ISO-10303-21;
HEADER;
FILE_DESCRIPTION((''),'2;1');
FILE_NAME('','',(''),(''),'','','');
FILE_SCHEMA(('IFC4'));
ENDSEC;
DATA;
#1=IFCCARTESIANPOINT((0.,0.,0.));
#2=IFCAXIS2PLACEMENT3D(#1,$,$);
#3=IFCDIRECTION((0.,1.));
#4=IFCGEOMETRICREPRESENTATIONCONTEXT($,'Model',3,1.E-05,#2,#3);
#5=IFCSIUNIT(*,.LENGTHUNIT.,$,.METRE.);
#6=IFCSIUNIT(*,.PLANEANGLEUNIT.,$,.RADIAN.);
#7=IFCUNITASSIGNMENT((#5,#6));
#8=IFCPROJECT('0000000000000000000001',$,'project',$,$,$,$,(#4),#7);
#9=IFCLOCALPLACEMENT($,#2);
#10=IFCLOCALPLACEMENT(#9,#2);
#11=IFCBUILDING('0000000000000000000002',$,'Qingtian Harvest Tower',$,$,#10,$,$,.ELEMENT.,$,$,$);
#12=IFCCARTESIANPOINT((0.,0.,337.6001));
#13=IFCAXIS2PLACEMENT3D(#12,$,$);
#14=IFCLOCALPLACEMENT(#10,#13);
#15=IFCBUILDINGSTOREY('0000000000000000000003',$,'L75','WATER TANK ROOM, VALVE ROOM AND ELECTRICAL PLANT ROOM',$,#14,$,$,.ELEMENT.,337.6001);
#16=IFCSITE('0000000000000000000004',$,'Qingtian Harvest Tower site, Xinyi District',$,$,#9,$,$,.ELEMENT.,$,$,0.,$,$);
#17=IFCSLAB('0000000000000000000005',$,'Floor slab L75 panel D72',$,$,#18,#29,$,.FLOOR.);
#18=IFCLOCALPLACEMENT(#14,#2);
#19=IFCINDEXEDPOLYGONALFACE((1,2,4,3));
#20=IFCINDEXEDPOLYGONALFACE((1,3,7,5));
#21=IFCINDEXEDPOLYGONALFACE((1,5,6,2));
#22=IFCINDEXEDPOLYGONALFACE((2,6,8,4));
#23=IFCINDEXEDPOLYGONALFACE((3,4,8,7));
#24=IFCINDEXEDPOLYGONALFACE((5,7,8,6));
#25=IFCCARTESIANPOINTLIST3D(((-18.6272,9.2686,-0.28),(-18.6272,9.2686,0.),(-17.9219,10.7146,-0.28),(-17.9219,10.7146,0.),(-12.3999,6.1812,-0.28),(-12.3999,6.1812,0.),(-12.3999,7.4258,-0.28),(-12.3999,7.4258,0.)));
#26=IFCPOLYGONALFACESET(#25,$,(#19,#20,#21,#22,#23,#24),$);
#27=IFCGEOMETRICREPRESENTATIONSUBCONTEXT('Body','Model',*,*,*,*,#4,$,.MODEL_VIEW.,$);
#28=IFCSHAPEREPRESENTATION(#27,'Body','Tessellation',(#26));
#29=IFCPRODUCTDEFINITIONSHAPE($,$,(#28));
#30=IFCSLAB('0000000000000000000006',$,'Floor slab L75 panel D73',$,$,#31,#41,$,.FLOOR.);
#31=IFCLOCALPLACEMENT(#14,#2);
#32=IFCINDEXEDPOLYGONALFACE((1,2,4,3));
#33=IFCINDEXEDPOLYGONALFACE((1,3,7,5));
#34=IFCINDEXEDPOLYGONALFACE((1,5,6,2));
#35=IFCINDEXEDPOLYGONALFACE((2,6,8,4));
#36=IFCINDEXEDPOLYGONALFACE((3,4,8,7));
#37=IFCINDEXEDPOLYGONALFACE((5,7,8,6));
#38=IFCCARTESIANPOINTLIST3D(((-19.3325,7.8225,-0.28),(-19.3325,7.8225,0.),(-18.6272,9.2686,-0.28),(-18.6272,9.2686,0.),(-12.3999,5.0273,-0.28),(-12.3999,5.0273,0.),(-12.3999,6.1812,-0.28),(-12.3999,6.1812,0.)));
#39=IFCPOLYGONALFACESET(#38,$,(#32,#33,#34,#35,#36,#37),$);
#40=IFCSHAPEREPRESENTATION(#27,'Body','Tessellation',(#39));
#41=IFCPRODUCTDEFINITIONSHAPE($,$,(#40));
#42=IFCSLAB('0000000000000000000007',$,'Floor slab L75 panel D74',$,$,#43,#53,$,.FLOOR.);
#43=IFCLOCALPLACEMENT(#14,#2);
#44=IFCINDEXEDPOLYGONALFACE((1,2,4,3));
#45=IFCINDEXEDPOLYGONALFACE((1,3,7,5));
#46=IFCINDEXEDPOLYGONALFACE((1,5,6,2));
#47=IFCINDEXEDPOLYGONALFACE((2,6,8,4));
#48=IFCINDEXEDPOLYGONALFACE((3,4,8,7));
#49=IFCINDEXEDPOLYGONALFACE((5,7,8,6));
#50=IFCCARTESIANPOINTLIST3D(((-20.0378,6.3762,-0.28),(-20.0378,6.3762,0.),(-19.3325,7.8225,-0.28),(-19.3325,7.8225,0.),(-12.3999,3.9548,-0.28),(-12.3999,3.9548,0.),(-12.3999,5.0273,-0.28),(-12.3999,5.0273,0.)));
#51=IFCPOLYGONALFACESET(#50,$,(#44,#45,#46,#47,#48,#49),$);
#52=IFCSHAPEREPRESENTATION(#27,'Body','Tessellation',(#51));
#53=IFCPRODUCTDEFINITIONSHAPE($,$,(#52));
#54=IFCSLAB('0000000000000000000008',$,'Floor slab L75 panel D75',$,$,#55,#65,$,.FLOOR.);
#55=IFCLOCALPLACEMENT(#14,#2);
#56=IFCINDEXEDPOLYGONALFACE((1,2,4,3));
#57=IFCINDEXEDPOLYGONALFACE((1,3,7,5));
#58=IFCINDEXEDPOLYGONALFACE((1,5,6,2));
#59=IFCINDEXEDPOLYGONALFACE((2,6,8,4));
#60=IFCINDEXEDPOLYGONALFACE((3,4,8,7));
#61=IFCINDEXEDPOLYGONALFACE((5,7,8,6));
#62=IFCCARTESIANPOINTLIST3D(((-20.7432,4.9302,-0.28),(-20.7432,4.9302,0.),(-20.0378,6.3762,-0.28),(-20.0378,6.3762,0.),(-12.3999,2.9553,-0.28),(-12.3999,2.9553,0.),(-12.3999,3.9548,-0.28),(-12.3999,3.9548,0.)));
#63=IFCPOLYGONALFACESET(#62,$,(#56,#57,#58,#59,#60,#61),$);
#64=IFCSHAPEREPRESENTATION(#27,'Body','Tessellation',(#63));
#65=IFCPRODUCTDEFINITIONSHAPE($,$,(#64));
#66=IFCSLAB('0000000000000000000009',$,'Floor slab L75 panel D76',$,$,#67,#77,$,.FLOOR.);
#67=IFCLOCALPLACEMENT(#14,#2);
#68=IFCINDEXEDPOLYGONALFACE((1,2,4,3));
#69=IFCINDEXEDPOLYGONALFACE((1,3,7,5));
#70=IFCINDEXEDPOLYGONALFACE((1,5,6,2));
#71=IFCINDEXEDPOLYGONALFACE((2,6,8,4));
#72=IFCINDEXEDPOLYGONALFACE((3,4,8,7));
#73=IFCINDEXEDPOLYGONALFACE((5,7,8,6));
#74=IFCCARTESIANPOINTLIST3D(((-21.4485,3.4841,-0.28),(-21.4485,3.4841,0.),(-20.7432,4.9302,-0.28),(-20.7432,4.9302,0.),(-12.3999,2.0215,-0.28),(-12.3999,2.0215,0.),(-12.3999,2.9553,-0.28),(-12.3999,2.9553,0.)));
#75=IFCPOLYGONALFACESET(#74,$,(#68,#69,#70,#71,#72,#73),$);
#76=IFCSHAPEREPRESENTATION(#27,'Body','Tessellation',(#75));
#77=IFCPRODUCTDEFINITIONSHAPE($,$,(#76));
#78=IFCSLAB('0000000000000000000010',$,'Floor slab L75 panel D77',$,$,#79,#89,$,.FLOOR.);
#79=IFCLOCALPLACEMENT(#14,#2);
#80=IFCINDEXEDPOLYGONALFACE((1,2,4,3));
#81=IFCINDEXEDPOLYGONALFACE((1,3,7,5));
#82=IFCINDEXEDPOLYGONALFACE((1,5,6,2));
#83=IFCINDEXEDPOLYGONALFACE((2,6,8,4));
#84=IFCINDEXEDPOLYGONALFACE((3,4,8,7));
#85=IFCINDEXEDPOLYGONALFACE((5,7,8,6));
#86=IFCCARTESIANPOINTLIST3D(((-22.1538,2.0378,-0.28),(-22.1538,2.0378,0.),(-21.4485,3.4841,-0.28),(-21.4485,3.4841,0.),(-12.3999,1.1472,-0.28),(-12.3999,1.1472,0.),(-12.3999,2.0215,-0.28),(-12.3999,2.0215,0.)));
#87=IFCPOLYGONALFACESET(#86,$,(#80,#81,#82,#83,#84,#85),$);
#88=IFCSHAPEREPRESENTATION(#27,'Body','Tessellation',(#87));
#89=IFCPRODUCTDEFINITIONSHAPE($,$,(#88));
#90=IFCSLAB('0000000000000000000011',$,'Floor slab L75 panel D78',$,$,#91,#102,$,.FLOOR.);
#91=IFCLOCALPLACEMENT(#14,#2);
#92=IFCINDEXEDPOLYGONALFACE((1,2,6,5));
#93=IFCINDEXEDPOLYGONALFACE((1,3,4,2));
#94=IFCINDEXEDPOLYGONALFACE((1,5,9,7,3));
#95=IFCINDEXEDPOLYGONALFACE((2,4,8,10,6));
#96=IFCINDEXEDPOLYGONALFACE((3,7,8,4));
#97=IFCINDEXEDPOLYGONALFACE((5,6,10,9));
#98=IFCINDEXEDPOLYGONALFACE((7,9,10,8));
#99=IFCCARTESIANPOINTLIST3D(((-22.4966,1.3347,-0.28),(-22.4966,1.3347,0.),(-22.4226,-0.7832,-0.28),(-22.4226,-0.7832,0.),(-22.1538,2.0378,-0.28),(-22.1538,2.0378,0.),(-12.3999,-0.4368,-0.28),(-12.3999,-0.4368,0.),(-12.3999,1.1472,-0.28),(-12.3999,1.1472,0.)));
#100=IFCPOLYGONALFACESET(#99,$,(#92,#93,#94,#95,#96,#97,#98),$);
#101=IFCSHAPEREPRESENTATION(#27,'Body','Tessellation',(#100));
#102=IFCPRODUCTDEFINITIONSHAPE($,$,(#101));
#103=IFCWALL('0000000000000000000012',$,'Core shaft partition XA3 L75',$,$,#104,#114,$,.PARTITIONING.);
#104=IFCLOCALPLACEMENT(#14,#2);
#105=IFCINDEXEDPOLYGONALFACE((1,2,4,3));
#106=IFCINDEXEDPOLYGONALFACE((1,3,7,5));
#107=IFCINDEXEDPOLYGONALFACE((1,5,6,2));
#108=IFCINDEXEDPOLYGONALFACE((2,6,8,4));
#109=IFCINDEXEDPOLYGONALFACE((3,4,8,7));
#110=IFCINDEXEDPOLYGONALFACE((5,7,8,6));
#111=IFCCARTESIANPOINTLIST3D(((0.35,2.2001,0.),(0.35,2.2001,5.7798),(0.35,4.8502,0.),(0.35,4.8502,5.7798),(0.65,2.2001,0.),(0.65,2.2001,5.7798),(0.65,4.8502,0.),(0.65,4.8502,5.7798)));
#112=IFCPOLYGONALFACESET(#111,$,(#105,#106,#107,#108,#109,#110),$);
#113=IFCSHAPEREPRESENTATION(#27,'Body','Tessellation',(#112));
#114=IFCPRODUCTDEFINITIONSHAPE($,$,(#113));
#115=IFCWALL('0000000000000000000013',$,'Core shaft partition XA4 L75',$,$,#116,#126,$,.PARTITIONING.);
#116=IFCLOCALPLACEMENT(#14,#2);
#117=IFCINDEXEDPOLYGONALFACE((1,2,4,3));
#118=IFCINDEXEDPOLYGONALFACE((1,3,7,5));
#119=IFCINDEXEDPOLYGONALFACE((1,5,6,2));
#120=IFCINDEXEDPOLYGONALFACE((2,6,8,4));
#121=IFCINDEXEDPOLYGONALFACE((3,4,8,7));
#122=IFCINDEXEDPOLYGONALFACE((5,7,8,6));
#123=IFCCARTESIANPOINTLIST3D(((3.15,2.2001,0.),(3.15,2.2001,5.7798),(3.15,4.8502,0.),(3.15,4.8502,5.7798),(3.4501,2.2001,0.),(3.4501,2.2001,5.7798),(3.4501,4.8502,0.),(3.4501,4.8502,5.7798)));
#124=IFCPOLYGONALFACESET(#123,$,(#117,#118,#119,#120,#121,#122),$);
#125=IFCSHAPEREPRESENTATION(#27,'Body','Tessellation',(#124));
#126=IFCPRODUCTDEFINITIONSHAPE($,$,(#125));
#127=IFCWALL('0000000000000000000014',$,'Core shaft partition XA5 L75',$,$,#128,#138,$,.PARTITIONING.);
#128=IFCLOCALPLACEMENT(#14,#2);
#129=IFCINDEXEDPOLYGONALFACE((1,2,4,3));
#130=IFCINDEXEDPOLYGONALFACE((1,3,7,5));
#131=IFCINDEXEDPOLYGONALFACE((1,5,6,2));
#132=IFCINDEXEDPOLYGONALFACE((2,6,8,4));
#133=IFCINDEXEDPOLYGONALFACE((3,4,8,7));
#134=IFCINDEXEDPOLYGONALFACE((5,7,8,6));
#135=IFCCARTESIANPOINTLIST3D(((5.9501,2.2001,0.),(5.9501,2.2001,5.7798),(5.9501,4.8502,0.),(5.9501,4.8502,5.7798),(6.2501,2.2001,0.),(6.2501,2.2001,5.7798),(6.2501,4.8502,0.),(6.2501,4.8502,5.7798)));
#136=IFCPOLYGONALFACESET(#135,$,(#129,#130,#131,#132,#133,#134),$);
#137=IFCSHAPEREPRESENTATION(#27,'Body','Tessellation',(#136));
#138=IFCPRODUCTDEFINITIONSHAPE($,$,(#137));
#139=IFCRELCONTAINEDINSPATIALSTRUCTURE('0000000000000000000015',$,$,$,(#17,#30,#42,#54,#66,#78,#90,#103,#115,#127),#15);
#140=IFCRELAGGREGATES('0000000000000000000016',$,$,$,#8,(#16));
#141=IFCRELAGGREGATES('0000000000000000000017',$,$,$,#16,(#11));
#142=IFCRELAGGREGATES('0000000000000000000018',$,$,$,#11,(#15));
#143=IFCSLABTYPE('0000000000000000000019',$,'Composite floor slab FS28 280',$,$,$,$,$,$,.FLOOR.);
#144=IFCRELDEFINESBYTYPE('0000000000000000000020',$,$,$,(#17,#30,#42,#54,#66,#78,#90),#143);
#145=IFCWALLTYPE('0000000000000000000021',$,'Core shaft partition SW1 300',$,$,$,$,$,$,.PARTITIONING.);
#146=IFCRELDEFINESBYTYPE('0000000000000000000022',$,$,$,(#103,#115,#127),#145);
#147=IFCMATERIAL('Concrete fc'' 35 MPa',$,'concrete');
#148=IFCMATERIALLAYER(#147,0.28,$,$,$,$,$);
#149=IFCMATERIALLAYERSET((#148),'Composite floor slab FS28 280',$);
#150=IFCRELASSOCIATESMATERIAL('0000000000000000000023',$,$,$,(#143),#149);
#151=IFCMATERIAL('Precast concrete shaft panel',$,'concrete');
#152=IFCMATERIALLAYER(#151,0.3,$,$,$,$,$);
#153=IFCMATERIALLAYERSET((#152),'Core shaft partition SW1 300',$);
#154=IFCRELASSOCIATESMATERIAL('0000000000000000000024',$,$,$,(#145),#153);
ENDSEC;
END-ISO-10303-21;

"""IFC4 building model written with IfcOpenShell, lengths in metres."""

from ifc_helpers import new_model, si_unit, direction, frame, frame_2d, origin, place, context, subcontext, project, spatial, polyline, rectangle, outline, extrude, material, layer, layer_set, type_object, element, save


model = new_model("IFC4")

# Units and contexts
model_context = context("Model", 3, precision=1e-05, world=origin(), true_north=direction((0.0, 1.0)))
body_context = subcontext(model_context, "Body", "Model", "MODEL_VIEW")
ifc_project = project(units=[si_unit("LENGTHUNIT", "METRE"), si_unit("PLANEANGLEUNIT", "RADIAN")], contexts=[model_context])

# Site, building, storey
site_placement = place(None, origin())
site = spatial("IfcSite", under=ifc_project, at=site_placement, Name="Qingtian Harvest Tower site, Xinyi District", CompositionType="ELEMENT", RefElevation=0.0)
building_placement = place(site_placement, origin())
building = spatial("IfcBuilding", under=site, at=building_placement, Name="Qingtian Harvest Tower", CompositionType="ELEMENT")
storey_placement = place(building_placement, frame((0.0, 0.0, 337.6001)))
storey = spatial("IfcBuildingStorey", under=building, at=storey_placement, Name="L75", Description="WATER TANK ROOM, VALVE ROOM AND ELECTRICAL PLANT ROOM", CompositionType="ELEMENT", Elevation=337.6001)

# Slabs
ifc_material_1 = material(Name="Concrete fc' 35 MPa", Category="concrete")
ifc_layer_1 = layer(ifc_material_1, 0.28)
ifc_layer_set_1 = layer_set([ifc_layer_1], Name="Composite floor slab FS28 280")
slab_type = type_object("IfcSlabType", Name="Composite floor slab FS28 280", PredefinedType="FLOOR", material=ifc_layer_set_1)
slab_1_placement = place(storey_placement, frame((0.0, 0.0, -0.28)))
element("IfcSlab", 1, at=slab_1_placement, inside=storey, type_object=slab_type, Name="Floor slab L75 panel D72", PredefinedType="FLOOR", context=body_context, shape_type="SweptSolid", body=[
    extrude(outline(polyline([(-12.3999, 6.1812), (-18.6272, 9.2686), (-17.9219, 10.7146), (-12.3999, 7.4258), (-12.3999, 6.1812)])), origin(), (0.0, 0.0, 1.0), 0.28),
])
slab_2_placement = place(storey_placement, frame((0.0, 0.0, -0.28)))
element("IfcSlab", 2, at=slab_2_placement, inside=storey, type_object=slab_type, Name="Floor slab L75 panel D73", PredefinedType="FLOOR", context=body_context, shape_type="SweptSolid", body=[
    extrude(outline(polyline([(-12.3999, 5.0273), (-19.3325, 7.8225), (-18.6272, 9.2686), (-12.3999, 6.1812), (-12.3999, 5.0273)])), origin(), (0.0, 0.0, 1.0), 0.28),
])
slab_3_placement = place(storey_placement, frame((0.0, 0.0, -0.28)))
element("IfcSlab", 3, at=slab_3_placement, inside=storey, type_object=slab_type, Name="Floor slab L75 panel D74", PredefinedType="FLOOR", context=body_context, shape_type="SweptSolid", body=[
    extrude(outline(polyline([(-12.3999, 3.9548), (-20.0378, 6.3762), (-19.3325, 7.8225), (-12.3999, 5.0273), (-12.3999, 3.9548)])), origin(), (0.0, 0.0, 1.0), 0.28),
])
slab_4_placement = place(storey_placement, frame((0.0, 0.0, -0.28)))
element("IfcSlab", 4, at=slab_4_placement, inside=storey, type_object=slab_type, Name="Floor slab L75 panel D75", PredefinedType="FLOOR", context=body_context, shape_type="SweptSolid", body=[
    extrude(outline(polyline([(-12.3999, 2.9553), (-20.7432, 4.9302), (-20.0378, 6.3762), (-12.3999, 3.9548), (-12.3999, 2.9553)])), origin(), (0.0, 0.0, 1.0), 0.28),
])
slab_5_placement = place(storey_placement, frame((0.0, 0.0, -0.28)))
element("IfcSlab", 5, at=slab_5_placement, inside=storey, type_object=slab_type, Name="Floor slab L75 panel D76", PredefinedType="FLOOR", context=body_context, shape_type="SweptSolid", body=[
    extrude(outline(polyline([(-12.3999, 2.0215), (-21.4485, 3.4841), (-20.7432, 4.9302), (-12.3999, 2.9553), (-12.3999, 2.0215)])), origin(), (0.0, 0.0, 1.0), 0.28),
])
slab_6_placement = place(storey_placement, frame((0.0, 0.0, -0.28)))
element("IfcSlab", 6, at=slab_6_placement, inside=storey, type_object=slab_type, Name="Floor slab L75 panel D77", PredefinedType="FLOOR", context=body_context, shape_type="SweptSolid", body=[
    extrude(outline(polyline([(-12.3999, 1.1472), (-22.1538, 2.0378), (-21.4485, 3.4841), (-12.3999, 2.0215), (-12.3999, 1.1472)])), origin(), (0.0, 0.0, 1.0), 0.28),
])
slab_7_placement = place(storey_placement, frame((0.0, 0.0, -0.28)))
element("IfcSlab", 7, at=slab_7_placement, inside=storey, type_object=slab_type, Name="Floor slab L75 panel D78", PredefinedType="FLOOR", context=body_context, shape_type="SweptSolid", body=[
    extrude(outline(polyline([(-12.3999, 1.1472), (-12.3999, -0.4368), (-22.4226, -0.7832), (-22.4966, 1.3347), (-22.1538, 2.0378), (-12.3999, 1.1472)])), origin(), (0.0, 0.0, 1.0), 0.28),
])

# Shared definitions
ifc_material_2 = material(Name="Precast concrete shaft panel", Category="concrete")
ifc_layer_2 = layer(ifc_material_2, 0.3)
ifc_layer_set_2 = layer_set([ifc_layer_2], Name="Core shaft partition SW1 300")
wall_type = type_object("IfcWallType", Name="Core shaft partition SW1 300", PredefinedType="PARTITIONING", material=ifc_layer_set_2)

# Walls
for number, where, z_axis, x_axis, name in (
    (8, (0.5, 2.2, 0.0), (0.0, 0.0, 1.0), (0.0, 1.0, 0.0), "Core shaft partition XA3 L75"),
    (9, (3.3, 2.2, 0.0), (0.0, 0.0, 1.0), (0.0, 1.0, 0.0), "Core shaft partition XA4 L75"),
    (10, (6.1001, 2.2, 0.0), (0.0, 0.0, 1.0), (0.0, 1.0, 0.0), "Core shaft partition XA5 L75"),
):
    element("IfcWall", number, at=place(storey_placement, frame(where, z_axis=z_axis, x_axis=x_axis)), inside=storey, type_object=wall_type, Name=name, PredefinedType="PARTITIONING", context=body_context, shape_type="SweptSolid", body=[
        extrude(rectangle(XDim=2.6501, YDim=0.3, at=frame_2d((1.3252, 0.0))), origin(), (0.0, 0.0, 1.0), 5.7798),
    ])

save(model, "model.ifc")
